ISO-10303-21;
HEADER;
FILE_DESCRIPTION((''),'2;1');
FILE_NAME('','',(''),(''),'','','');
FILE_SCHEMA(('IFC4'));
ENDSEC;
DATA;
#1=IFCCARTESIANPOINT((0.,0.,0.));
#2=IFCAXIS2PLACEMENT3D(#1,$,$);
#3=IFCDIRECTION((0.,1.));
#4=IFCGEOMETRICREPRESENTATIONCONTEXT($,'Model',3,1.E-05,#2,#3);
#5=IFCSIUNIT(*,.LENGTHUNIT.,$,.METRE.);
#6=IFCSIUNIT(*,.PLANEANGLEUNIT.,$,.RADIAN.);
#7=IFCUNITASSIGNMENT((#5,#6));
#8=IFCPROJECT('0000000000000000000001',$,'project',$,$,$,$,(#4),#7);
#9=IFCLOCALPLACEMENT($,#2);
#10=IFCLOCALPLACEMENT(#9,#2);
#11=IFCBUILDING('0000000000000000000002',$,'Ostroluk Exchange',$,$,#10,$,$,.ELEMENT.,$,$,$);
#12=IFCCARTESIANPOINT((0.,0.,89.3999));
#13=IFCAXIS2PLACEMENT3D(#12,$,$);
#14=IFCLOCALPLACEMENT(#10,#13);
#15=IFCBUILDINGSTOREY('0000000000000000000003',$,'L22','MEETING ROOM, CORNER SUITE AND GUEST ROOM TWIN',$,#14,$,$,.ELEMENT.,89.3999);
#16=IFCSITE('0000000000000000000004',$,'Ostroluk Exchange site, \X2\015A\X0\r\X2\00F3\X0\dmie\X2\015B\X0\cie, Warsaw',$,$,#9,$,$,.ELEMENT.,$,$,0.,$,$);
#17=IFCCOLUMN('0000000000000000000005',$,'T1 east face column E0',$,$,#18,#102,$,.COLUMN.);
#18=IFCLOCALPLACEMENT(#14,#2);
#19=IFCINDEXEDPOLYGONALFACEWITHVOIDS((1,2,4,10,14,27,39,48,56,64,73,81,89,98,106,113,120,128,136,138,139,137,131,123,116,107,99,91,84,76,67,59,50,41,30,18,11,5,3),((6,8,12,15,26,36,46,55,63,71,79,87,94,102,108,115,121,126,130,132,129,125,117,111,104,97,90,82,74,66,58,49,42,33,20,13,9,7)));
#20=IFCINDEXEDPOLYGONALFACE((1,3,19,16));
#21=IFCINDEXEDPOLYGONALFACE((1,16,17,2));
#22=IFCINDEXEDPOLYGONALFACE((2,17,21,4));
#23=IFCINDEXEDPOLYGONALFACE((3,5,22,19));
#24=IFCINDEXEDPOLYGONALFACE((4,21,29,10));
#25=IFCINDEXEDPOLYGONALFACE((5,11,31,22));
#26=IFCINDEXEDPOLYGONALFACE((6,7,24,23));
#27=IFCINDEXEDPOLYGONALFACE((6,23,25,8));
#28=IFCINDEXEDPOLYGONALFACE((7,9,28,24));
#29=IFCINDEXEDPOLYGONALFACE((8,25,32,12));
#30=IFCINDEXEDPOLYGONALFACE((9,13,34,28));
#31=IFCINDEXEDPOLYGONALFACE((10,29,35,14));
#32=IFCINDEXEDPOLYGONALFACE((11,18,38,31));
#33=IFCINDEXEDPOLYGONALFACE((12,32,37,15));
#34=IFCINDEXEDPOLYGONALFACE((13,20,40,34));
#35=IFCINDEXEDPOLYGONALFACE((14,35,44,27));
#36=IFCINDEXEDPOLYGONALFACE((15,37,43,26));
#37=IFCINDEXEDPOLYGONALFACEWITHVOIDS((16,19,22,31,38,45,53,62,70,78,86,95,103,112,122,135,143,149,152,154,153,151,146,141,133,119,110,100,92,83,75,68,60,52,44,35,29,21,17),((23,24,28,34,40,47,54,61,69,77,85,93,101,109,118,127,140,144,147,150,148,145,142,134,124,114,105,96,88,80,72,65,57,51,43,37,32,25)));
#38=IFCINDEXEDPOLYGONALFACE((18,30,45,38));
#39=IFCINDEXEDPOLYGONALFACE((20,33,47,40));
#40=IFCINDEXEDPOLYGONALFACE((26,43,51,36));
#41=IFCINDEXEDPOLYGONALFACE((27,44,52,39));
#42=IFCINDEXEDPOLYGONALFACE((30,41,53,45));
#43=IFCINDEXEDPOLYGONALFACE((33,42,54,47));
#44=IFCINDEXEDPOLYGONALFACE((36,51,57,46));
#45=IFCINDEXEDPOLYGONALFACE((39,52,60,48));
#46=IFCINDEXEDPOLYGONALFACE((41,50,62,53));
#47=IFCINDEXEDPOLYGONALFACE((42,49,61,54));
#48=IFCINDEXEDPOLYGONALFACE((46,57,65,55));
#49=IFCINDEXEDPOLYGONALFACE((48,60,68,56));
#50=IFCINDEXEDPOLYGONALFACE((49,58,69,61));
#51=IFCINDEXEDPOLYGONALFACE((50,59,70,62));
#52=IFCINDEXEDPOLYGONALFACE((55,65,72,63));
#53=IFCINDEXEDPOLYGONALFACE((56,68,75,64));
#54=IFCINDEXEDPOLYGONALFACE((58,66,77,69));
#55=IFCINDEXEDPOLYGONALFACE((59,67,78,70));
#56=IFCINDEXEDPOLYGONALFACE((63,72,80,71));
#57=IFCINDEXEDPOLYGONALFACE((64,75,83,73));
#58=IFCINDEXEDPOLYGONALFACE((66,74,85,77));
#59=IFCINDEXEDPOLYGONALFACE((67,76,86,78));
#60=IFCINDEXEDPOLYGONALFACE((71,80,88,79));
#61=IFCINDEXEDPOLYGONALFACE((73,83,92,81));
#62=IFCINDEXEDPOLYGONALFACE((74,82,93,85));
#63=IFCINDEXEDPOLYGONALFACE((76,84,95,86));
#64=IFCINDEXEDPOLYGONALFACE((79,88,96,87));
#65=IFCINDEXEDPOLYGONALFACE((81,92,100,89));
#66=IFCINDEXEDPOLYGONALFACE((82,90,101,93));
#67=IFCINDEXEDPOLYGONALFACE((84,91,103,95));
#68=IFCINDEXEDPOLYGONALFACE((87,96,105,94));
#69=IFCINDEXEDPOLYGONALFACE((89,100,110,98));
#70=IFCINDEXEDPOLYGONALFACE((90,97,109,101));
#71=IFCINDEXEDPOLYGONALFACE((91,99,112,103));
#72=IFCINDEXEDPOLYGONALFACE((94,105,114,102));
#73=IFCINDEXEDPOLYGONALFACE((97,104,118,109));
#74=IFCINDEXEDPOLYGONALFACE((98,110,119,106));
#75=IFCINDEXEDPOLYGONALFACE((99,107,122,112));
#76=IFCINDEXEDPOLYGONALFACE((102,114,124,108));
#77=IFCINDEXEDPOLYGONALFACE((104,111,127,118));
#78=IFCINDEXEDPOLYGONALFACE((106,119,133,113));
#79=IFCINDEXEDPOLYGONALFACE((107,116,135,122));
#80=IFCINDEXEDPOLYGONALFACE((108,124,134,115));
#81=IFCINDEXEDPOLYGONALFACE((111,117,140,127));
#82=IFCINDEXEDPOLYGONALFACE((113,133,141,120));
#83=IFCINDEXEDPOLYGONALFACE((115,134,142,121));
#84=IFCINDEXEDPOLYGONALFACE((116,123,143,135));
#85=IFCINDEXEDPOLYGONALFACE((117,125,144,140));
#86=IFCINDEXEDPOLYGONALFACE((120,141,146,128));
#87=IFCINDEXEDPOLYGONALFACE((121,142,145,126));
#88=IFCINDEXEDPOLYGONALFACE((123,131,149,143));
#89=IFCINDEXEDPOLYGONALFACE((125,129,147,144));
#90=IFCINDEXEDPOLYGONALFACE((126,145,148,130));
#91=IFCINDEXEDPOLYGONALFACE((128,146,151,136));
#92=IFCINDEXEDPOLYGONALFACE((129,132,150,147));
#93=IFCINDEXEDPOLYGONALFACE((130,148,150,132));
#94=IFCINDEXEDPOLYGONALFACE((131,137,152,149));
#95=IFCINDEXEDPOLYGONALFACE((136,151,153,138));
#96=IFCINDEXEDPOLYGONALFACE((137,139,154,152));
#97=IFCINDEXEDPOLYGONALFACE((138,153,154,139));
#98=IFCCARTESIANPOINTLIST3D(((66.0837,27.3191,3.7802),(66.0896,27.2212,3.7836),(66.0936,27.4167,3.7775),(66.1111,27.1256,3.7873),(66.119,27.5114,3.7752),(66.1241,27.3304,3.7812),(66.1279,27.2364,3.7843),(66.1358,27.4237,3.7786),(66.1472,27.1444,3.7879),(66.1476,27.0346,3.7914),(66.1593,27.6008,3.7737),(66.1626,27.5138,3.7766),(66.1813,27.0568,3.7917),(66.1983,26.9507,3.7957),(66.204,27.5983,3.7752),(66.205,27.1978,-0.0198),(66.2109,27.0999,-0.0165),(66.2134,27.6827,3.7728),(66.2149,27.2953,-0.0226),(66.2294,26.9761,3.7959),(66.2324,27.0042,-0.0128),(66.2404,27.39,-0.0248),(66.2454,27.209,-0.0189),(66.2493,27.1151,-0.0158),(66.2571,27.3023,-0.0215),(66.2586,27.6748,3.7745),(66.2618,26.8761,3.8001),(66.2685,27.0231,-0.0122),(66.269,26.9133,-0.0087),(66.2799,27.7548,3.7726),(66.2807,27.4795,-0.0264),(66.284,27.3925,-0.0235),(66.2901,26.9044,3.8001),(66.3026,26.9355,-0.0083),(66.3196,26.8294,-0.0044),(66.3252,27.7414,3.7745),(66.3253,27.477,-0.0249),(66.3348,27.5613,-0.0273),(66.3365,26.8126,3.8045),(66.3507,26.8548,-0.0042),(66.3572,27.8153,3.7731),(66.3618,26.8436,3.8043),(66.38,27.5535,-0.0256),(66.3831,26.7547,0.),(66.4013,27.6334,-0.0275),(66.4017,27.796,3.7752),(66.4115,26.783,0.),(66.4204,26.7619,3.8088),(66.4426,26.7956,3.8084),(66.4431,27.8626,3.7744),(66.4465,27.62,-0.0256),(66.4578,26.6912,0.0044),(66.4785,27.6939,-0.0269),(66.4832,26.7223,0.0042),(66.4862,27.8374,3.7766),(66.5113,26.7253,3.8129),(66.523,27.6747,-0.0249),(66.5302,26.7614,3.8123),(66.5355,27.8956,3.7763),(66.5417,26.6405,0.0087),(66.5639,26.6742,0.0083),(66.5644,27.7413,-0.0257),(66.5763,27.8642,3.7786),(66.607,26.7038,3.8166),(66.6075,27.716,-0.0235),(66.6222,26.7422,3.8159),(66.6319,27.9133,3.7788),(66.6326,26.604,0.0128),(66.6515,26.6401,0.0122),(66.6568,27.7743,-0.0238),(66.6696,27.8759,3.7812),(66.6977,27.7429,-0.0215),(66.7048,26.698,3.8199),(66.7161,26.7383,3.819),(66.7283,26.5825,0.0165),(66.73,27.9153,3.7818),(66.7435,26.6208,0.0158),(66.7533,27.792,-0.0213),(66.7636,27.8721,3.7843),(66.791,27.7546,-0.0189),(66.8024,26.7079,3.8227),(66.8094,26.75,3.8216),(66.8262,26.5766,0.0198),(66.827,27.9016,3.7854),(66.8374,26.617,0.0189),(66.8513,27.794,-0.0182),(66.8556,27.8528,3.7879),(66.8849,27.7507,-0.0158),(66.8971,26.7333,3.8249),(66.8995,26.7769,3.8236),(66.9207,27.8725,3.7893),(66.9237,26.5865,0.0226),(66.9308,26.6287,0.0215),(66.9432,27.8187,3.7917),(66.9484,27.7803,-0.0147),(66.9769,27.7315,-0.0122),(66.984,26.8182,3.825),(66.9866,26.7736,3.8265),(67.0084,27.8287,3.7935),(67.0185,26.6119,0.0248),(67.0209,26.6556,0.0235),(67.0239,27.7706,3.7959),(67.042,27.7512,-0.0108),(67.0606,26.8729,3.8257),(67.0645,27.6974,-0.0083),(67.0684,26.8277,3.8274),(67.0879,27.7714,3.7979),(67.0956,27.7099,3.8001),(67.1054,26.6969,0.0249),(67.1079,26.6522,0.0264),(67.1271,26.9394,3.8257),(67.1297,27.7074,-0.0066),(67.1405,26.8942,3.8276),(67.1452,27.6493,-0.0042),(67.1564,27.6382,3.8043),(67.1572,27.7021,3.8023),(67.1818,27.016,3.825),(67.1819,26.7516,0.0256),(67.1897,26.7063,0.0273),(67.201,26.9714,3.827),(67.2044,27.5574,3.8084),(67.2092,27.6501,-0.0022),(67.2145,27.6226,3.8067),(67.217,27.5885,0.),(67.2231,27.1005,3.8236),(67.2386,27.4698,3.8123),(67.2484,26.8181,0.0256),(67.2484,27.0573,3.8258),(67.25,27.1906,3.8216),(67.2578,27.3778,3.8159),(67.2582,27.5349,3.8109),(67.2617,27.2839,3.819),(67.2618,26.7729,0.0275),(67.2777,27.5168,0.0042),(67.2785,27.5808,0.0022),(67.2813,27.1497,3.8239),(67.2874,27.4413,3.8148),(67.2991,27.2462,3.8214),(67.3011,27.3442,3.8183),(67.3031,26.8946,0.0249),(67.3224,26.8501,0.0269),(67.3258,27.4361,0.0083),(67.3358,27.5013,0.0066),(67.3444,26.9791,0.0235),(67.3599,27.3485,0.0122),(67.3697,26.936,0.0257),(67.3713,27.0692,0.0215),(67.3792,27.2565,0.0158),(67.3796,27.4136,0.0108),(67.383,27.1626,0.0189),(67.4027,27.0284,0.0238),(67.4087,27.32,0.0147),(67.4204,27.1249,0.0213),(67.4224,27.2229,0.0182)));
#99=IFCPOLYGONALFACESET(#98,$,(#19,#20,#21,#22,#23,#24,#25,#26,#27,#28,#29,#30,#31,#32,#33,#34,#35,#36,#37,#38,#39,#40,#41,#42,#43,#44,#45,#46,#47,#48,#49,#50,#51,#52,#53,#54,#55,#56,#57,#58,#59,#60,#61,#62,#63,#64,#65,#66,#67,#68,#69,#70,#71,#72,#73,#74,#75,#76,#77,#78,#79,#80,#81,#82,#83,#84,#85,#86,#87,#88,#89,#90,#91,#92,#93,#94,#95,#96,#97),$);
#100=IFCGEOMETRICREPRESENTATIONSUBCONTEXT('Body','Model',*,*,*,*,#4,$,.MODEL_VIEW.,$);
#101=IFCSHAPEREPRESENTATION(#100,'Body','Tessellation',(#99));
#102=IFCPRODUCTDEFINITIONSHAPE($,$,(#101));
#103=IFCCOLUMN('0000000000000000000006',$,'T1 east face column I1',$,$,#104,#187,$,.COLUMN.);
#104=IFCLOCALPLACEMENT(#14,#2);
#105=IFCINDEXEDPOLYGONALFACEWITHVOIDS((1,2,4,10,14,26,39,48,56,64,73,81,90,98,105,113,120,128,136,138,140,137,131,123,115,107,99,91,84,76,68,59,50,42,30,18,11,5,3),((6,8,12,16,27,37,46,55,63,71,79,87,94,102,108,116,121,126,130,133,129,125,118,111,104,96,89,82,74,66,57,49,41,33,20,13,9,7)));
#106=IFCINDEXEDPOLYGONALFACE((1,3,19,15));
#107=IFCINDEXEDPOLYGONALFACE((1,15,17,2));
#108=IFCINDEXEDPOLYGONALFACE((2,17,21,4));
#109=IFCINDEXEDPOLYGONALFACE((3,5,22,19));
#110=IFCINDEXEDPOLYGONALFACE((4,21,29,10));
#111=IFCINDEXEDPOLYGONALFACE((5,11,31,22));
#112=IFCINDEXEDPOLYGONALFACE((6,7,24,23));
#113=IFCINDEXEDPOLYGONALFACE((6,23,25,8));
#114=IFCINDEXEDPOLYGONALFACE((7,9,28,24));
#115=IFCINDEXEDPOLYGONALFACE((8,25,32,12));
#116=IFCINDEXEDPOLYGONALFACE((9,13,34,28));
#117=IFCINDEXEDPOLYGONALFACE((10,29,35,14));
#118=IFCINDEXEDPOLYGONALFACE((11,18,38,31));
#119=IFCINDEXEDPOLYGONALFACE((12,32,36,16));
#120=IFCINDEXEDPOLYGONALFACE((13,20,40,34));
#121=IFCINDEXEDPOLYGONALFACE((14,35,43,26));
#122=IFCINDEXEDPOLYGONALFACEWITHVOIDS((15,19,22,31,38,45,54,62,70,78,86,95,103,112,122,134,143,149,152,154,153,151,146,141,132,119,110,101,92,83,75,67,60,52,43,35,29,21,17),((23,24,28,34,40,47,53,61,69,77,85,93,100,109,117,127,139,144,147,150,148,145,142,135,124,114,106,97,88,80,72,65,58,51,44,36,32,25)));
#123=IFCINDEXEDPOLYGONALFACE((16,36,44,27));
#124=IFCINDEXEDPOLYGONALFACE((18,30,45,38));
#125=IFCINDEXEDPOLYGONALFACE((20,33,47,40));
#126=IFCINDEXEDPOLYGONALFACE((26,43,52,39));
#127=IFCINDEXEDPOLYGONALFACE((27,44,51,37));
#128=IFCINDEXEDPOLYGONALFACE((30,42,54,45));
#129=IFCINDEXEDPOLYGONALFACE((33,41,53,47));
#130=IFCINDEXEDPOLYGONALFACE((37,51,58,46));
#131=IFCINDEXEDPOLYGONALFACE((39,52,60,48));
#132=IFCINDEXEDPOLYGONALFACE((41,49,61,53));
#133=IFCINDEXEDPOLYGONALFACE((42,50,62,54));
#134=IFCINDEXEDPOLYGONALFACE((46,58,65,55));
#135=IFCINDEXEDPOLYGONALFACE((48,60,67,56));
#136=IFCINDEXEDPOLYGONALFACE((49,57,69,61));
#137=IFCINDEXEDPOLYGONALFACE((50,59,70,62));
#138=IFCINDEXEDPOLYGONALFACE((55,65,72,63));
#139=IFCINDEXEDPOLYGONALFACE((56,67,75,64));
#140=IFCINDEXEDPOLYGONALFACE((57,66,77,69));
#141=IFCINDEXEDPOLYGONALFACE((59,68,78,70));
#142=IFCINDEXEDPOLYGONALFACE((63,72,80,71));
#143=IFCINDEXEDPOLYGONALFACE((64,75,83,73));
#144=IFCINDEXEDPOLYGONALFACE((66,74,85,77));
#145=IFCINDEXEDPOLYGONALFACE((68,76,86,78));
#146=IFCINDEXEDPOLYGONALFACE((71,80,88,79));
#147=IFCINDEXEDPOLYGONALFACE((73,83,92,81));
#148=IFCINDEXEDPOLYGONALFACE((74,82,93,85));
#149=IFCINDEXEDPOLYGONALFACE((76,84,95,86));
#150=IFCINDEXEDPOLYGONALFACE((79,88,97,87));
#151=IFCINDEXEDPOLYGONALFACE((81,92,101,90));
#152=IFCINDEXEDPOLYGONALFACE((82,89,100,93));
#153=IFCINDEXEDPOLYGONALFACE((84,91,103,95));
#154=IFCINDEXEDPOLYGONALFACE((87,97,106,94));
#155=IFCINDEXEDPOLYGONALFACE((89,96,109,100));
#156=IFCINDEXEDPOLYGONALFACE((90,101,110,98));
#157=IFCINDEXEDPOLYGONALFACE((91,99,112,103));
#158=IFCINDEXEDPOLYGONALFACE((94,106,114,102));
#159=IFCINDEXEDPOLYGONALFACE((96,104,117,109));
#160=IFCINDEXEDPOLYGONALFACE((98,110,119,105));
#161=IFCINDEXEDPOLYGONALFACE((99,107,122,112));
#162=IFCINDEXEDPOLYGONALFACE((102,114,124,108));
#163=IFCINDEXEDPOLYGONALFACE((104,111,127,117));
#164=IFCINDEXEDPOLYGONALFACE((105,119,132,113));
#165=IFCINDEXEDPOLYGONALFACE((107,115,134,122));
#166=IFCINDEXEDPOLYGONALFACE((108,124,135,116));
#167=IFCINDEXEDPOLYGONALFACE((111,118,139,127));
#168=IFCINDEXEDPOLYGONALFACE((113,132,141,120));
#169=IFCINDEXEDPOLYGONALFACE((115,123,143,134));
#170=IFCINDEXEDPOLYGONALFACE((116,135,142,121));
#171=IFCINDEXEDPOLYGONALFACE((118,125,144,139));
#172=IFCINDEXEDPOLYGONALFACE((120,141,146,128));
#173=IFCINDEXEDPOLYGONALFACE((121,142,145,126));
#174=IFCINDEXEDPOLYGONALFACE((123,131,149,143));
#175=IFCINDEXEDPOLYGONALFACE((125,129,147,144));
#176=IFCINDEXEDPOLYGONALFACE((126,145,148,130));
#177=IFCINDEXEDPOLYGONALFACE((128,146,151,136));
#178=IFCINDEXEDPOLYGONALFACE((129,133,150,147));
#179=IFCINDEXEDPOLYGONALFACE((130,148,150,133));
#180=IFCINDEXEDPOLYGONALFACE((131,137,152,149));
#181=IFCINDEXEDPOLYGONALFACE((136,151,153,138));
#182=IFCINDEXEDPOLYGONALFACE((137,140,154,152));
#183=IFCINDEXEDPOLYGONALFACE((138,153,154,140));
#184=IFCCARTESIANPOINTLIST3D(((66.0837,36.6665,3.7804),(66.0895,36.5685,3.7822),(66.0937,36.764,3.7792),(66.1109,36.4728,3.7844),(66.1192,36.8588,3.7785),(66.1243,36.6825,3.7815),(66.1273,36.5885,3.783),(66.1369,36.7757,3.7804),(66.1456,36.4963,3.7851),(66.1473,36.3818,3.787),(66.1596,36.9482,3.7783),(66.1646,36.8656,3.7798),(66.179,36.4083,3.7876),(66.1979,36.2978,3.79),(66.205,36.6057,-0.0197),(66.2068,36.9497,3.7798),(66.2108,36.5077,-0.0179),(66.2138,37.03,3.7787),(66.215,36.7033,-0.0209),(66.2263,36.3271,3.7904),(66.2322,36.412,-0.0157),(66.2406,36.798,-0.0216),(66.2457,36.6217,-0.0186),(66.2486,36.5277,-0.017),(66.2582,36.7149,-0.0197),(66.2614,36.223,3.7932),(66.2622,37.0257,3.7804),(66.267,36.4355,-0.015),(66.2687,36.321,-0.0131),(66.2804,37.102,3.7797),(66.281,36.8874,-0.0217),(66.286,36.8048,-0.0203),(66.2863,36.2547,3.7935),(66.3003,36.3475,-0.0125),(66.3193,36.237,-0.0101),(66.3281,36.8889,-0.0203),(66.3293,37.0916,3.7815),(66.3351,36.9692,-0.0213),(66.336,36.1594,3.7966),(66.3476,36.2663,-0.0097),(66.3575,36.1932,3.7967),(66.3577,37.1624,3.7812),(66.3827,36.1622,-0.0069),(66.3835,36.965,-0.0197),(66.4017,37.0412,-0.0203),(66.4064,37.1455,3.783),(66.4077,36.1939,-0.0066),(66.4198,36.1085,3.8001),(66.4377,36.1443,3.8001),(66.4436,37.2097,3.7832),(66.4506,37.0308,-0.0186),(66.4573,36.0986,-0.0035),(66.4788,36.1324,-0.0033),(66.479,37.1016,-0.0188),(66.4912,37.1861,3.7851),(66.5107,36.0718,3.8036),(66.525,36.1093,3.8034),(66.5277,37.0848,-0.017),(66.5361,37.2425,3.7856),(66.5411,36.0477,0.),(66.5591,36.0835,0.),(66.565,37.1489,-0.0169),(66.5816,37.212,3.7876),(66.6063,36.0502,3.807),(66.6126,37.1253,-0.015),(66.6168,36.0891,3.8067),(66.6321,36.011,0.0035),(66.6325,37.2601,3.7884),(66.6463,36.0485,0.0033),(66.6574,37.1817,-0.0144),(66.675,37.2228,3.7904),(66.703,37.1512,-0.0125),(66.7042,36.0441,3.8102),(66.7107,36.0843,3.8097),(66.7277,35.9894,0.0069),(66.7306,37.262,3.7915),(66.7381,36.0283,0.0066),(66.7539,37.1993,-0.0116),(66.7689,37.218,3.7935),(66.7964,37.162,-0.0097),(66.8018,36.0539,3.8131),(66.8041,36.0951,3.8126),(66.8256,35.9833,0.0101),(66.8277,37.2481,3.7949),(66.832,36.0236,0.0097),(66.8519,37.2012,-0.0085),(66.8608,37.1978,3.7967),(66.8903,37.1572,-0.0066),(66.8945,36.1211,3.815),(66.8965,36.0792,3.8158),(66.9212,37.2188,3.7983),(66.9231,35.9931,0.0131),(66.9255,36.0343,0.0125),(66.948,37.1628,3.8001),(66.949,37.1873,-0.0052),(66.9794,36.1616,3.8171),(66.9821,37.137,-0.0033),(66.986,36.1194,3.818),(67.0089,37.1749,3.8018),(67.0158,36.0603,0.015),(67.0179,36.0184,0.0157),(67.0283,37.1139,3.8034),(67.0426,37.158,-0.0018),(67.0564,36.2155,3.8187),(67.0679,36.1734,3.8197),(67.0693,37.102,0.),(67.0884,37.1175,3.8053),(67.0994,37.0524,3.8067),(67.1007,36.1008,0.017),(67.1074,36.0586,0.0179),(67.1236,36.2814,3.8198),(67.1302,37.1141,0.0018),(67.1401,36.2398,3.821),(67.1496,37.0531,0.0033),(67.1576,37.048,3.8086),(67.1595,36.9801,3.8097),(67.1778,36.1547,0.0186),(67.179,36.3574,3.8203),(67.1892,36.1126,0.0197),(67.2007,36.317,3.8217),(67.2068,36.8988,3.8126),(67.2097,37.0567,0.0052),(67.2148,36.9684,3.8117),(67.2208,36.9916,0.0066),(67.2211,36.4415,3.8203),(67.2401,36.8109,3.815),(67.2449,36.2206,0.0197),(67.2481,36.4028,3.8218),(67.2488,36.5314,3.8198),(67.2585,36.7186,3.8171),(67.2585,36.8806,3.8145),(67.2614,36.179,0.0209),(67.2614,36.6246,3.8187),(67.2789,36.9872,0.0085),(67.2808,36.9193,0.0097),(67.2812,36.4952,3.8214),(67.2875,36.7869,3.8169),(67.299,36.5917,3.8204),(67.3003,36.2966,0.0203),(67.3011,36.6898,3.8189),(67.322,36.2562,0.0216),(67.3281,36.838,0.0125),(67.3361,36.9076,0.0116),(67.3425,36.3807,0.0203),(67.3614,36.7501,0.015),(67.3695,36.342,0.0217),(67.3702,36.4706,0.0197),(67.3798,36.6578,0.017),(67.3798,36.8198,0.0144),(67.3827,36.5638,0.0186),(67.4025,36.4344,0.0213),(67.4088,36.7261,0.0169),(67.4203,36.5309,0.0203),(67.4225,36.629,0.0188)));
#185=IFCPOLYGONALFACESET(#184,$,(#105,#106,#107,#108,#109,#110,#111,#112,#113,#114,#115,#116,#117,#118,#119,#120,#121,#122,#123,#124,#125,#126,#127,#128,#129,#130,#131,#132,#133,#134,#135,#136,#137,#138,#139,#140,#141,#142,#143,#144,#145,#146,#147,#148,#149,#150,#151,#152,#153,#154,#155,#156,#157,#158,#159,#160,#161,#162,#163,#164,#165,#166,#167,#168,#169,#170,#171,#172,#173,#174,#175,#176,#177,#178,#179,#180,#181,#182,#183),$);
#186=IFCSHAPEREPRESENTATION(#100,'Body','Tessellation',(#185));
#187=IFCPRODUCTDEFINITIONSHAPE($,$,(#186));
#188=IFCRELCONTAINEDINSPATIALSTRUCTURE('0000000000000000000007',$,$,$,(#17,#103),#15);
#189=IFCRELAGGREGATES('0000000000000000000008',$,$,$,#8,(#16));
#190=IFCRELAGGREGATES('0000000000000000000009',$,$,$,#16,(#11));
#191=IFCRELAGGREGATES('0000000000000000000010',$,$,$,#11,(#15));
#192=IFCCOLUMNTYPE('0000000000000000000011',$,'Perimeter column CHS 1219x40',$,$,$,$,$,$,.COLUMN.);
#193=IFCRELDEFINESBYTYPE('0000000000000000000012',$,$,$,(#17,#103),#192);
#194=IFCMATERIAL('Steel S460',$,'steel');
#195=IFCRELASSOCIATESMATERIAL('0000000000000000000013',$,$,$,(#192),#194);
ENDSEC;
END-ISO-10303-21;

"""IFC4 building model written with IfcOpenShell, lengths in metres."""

from ifc_helpers import new_model, si_unit, direction, frame, origin, origin_2d, place, context, subcontext, project, spatial, hollow_circle, extrude, material, material_profile, profile_set, type_object, element, save


model = new_model("IFC4")

# Units and contexts
model_context = context("Model", 3, precision=1e-05, world=origin(), true_north=direction((0.0, 1.0)))
body_context = subcontext(model_context, "Body", "Model", "MODEL_VIEW")
ifc_project = project(units=[si_unit("LENGTHUNIT", "METRE"), si_unit("PLANEANGLEUNIT", "RADIAN")], contexts=[model_context])

# Site, building, storey
site_placement = place(None, origin())
site = spatial("IfcSite", under=ifc_project, at=site_placement, Name="Ostroluk Exchange site, Śródmieście, Warsaw", CompositionType="ELEMENT", RefElevation=0.0)
building_placement = place(site_placement, origin())
building = spatial("IfcBuilding", under=site, at=building_placement, Name="Ostroluk Exchange", CompositionType="ELEMENT")
storey_placement = place(building_placement, frame((0.0, 0.0, 89.3999)))
storey = spatial("IfcBuildingStorey", under=building, at=storey_placement, Name="L22", Description="MEETING ROOM, CORNER SUITE AND GUEST ROOM TWIN", CompositionType="ELEMENT", Elevation=89.3999)

# Columns
ifc_material_1 = material(Name="Steel S460", Category="steel")
ifc_material_profile_1 = material_profile(ifc_material_1, hollow_circle(Radius=0.6096, WallThickness=0.04, at=origin_2d()), Name="CHS 1219x40")
ifc_profile_set_1 = profile_set([ifc_material_profile_1], Name="Steel S460")
column_type_1 = type_object("IfcColumnType", Name="Perimeter column CHS 1219x40", PredefinedType="COLUMN", material=ifc_profile_set_1)
column_1_placement = place(storey_placement, frame((66.8142, 27.1858, 0.0), z_axis=(-0.031898, 0.031898, 0.998982), x_axis=(-0.707107, -0.707107, 0.0)))
element("IfcColumn", 1, at=column_1_placement, inside=storey, type_object=column_type_1, Name="T1 east face column E0", PredefinedType="COLUMN", context=body_context, shape_type="SweptSolid", body=[
    extrude(hollow_circle(Radius=0.6096, WallThickness=0.04, at=origin_2d()), origin(), (0.0, 0.0, 1.0), 3.804),
])
column_2_placement = place(storey_placement, frame((66.8142, 36.5928, 0.0), z_axis=(-0.03191, 0.015987, 0.999363), x_axis=(-0.447933, -0.894067, 0.0)))
element("IfcColumn", 2, at=column_2_placement, inside=storey, type_object=column_type_1, Name="T1 east face column I1", PredefinedType="COLUMN", context=body_context, shape_type="SweptSolid", body=[
    extrude(hollow_circle(Radius=0.6096, WallThickness=0.04, at=origin_2d()), origin(), (0.0, 0.0, 1.0), 3.8025),
])

save(model, "model.ifc")
